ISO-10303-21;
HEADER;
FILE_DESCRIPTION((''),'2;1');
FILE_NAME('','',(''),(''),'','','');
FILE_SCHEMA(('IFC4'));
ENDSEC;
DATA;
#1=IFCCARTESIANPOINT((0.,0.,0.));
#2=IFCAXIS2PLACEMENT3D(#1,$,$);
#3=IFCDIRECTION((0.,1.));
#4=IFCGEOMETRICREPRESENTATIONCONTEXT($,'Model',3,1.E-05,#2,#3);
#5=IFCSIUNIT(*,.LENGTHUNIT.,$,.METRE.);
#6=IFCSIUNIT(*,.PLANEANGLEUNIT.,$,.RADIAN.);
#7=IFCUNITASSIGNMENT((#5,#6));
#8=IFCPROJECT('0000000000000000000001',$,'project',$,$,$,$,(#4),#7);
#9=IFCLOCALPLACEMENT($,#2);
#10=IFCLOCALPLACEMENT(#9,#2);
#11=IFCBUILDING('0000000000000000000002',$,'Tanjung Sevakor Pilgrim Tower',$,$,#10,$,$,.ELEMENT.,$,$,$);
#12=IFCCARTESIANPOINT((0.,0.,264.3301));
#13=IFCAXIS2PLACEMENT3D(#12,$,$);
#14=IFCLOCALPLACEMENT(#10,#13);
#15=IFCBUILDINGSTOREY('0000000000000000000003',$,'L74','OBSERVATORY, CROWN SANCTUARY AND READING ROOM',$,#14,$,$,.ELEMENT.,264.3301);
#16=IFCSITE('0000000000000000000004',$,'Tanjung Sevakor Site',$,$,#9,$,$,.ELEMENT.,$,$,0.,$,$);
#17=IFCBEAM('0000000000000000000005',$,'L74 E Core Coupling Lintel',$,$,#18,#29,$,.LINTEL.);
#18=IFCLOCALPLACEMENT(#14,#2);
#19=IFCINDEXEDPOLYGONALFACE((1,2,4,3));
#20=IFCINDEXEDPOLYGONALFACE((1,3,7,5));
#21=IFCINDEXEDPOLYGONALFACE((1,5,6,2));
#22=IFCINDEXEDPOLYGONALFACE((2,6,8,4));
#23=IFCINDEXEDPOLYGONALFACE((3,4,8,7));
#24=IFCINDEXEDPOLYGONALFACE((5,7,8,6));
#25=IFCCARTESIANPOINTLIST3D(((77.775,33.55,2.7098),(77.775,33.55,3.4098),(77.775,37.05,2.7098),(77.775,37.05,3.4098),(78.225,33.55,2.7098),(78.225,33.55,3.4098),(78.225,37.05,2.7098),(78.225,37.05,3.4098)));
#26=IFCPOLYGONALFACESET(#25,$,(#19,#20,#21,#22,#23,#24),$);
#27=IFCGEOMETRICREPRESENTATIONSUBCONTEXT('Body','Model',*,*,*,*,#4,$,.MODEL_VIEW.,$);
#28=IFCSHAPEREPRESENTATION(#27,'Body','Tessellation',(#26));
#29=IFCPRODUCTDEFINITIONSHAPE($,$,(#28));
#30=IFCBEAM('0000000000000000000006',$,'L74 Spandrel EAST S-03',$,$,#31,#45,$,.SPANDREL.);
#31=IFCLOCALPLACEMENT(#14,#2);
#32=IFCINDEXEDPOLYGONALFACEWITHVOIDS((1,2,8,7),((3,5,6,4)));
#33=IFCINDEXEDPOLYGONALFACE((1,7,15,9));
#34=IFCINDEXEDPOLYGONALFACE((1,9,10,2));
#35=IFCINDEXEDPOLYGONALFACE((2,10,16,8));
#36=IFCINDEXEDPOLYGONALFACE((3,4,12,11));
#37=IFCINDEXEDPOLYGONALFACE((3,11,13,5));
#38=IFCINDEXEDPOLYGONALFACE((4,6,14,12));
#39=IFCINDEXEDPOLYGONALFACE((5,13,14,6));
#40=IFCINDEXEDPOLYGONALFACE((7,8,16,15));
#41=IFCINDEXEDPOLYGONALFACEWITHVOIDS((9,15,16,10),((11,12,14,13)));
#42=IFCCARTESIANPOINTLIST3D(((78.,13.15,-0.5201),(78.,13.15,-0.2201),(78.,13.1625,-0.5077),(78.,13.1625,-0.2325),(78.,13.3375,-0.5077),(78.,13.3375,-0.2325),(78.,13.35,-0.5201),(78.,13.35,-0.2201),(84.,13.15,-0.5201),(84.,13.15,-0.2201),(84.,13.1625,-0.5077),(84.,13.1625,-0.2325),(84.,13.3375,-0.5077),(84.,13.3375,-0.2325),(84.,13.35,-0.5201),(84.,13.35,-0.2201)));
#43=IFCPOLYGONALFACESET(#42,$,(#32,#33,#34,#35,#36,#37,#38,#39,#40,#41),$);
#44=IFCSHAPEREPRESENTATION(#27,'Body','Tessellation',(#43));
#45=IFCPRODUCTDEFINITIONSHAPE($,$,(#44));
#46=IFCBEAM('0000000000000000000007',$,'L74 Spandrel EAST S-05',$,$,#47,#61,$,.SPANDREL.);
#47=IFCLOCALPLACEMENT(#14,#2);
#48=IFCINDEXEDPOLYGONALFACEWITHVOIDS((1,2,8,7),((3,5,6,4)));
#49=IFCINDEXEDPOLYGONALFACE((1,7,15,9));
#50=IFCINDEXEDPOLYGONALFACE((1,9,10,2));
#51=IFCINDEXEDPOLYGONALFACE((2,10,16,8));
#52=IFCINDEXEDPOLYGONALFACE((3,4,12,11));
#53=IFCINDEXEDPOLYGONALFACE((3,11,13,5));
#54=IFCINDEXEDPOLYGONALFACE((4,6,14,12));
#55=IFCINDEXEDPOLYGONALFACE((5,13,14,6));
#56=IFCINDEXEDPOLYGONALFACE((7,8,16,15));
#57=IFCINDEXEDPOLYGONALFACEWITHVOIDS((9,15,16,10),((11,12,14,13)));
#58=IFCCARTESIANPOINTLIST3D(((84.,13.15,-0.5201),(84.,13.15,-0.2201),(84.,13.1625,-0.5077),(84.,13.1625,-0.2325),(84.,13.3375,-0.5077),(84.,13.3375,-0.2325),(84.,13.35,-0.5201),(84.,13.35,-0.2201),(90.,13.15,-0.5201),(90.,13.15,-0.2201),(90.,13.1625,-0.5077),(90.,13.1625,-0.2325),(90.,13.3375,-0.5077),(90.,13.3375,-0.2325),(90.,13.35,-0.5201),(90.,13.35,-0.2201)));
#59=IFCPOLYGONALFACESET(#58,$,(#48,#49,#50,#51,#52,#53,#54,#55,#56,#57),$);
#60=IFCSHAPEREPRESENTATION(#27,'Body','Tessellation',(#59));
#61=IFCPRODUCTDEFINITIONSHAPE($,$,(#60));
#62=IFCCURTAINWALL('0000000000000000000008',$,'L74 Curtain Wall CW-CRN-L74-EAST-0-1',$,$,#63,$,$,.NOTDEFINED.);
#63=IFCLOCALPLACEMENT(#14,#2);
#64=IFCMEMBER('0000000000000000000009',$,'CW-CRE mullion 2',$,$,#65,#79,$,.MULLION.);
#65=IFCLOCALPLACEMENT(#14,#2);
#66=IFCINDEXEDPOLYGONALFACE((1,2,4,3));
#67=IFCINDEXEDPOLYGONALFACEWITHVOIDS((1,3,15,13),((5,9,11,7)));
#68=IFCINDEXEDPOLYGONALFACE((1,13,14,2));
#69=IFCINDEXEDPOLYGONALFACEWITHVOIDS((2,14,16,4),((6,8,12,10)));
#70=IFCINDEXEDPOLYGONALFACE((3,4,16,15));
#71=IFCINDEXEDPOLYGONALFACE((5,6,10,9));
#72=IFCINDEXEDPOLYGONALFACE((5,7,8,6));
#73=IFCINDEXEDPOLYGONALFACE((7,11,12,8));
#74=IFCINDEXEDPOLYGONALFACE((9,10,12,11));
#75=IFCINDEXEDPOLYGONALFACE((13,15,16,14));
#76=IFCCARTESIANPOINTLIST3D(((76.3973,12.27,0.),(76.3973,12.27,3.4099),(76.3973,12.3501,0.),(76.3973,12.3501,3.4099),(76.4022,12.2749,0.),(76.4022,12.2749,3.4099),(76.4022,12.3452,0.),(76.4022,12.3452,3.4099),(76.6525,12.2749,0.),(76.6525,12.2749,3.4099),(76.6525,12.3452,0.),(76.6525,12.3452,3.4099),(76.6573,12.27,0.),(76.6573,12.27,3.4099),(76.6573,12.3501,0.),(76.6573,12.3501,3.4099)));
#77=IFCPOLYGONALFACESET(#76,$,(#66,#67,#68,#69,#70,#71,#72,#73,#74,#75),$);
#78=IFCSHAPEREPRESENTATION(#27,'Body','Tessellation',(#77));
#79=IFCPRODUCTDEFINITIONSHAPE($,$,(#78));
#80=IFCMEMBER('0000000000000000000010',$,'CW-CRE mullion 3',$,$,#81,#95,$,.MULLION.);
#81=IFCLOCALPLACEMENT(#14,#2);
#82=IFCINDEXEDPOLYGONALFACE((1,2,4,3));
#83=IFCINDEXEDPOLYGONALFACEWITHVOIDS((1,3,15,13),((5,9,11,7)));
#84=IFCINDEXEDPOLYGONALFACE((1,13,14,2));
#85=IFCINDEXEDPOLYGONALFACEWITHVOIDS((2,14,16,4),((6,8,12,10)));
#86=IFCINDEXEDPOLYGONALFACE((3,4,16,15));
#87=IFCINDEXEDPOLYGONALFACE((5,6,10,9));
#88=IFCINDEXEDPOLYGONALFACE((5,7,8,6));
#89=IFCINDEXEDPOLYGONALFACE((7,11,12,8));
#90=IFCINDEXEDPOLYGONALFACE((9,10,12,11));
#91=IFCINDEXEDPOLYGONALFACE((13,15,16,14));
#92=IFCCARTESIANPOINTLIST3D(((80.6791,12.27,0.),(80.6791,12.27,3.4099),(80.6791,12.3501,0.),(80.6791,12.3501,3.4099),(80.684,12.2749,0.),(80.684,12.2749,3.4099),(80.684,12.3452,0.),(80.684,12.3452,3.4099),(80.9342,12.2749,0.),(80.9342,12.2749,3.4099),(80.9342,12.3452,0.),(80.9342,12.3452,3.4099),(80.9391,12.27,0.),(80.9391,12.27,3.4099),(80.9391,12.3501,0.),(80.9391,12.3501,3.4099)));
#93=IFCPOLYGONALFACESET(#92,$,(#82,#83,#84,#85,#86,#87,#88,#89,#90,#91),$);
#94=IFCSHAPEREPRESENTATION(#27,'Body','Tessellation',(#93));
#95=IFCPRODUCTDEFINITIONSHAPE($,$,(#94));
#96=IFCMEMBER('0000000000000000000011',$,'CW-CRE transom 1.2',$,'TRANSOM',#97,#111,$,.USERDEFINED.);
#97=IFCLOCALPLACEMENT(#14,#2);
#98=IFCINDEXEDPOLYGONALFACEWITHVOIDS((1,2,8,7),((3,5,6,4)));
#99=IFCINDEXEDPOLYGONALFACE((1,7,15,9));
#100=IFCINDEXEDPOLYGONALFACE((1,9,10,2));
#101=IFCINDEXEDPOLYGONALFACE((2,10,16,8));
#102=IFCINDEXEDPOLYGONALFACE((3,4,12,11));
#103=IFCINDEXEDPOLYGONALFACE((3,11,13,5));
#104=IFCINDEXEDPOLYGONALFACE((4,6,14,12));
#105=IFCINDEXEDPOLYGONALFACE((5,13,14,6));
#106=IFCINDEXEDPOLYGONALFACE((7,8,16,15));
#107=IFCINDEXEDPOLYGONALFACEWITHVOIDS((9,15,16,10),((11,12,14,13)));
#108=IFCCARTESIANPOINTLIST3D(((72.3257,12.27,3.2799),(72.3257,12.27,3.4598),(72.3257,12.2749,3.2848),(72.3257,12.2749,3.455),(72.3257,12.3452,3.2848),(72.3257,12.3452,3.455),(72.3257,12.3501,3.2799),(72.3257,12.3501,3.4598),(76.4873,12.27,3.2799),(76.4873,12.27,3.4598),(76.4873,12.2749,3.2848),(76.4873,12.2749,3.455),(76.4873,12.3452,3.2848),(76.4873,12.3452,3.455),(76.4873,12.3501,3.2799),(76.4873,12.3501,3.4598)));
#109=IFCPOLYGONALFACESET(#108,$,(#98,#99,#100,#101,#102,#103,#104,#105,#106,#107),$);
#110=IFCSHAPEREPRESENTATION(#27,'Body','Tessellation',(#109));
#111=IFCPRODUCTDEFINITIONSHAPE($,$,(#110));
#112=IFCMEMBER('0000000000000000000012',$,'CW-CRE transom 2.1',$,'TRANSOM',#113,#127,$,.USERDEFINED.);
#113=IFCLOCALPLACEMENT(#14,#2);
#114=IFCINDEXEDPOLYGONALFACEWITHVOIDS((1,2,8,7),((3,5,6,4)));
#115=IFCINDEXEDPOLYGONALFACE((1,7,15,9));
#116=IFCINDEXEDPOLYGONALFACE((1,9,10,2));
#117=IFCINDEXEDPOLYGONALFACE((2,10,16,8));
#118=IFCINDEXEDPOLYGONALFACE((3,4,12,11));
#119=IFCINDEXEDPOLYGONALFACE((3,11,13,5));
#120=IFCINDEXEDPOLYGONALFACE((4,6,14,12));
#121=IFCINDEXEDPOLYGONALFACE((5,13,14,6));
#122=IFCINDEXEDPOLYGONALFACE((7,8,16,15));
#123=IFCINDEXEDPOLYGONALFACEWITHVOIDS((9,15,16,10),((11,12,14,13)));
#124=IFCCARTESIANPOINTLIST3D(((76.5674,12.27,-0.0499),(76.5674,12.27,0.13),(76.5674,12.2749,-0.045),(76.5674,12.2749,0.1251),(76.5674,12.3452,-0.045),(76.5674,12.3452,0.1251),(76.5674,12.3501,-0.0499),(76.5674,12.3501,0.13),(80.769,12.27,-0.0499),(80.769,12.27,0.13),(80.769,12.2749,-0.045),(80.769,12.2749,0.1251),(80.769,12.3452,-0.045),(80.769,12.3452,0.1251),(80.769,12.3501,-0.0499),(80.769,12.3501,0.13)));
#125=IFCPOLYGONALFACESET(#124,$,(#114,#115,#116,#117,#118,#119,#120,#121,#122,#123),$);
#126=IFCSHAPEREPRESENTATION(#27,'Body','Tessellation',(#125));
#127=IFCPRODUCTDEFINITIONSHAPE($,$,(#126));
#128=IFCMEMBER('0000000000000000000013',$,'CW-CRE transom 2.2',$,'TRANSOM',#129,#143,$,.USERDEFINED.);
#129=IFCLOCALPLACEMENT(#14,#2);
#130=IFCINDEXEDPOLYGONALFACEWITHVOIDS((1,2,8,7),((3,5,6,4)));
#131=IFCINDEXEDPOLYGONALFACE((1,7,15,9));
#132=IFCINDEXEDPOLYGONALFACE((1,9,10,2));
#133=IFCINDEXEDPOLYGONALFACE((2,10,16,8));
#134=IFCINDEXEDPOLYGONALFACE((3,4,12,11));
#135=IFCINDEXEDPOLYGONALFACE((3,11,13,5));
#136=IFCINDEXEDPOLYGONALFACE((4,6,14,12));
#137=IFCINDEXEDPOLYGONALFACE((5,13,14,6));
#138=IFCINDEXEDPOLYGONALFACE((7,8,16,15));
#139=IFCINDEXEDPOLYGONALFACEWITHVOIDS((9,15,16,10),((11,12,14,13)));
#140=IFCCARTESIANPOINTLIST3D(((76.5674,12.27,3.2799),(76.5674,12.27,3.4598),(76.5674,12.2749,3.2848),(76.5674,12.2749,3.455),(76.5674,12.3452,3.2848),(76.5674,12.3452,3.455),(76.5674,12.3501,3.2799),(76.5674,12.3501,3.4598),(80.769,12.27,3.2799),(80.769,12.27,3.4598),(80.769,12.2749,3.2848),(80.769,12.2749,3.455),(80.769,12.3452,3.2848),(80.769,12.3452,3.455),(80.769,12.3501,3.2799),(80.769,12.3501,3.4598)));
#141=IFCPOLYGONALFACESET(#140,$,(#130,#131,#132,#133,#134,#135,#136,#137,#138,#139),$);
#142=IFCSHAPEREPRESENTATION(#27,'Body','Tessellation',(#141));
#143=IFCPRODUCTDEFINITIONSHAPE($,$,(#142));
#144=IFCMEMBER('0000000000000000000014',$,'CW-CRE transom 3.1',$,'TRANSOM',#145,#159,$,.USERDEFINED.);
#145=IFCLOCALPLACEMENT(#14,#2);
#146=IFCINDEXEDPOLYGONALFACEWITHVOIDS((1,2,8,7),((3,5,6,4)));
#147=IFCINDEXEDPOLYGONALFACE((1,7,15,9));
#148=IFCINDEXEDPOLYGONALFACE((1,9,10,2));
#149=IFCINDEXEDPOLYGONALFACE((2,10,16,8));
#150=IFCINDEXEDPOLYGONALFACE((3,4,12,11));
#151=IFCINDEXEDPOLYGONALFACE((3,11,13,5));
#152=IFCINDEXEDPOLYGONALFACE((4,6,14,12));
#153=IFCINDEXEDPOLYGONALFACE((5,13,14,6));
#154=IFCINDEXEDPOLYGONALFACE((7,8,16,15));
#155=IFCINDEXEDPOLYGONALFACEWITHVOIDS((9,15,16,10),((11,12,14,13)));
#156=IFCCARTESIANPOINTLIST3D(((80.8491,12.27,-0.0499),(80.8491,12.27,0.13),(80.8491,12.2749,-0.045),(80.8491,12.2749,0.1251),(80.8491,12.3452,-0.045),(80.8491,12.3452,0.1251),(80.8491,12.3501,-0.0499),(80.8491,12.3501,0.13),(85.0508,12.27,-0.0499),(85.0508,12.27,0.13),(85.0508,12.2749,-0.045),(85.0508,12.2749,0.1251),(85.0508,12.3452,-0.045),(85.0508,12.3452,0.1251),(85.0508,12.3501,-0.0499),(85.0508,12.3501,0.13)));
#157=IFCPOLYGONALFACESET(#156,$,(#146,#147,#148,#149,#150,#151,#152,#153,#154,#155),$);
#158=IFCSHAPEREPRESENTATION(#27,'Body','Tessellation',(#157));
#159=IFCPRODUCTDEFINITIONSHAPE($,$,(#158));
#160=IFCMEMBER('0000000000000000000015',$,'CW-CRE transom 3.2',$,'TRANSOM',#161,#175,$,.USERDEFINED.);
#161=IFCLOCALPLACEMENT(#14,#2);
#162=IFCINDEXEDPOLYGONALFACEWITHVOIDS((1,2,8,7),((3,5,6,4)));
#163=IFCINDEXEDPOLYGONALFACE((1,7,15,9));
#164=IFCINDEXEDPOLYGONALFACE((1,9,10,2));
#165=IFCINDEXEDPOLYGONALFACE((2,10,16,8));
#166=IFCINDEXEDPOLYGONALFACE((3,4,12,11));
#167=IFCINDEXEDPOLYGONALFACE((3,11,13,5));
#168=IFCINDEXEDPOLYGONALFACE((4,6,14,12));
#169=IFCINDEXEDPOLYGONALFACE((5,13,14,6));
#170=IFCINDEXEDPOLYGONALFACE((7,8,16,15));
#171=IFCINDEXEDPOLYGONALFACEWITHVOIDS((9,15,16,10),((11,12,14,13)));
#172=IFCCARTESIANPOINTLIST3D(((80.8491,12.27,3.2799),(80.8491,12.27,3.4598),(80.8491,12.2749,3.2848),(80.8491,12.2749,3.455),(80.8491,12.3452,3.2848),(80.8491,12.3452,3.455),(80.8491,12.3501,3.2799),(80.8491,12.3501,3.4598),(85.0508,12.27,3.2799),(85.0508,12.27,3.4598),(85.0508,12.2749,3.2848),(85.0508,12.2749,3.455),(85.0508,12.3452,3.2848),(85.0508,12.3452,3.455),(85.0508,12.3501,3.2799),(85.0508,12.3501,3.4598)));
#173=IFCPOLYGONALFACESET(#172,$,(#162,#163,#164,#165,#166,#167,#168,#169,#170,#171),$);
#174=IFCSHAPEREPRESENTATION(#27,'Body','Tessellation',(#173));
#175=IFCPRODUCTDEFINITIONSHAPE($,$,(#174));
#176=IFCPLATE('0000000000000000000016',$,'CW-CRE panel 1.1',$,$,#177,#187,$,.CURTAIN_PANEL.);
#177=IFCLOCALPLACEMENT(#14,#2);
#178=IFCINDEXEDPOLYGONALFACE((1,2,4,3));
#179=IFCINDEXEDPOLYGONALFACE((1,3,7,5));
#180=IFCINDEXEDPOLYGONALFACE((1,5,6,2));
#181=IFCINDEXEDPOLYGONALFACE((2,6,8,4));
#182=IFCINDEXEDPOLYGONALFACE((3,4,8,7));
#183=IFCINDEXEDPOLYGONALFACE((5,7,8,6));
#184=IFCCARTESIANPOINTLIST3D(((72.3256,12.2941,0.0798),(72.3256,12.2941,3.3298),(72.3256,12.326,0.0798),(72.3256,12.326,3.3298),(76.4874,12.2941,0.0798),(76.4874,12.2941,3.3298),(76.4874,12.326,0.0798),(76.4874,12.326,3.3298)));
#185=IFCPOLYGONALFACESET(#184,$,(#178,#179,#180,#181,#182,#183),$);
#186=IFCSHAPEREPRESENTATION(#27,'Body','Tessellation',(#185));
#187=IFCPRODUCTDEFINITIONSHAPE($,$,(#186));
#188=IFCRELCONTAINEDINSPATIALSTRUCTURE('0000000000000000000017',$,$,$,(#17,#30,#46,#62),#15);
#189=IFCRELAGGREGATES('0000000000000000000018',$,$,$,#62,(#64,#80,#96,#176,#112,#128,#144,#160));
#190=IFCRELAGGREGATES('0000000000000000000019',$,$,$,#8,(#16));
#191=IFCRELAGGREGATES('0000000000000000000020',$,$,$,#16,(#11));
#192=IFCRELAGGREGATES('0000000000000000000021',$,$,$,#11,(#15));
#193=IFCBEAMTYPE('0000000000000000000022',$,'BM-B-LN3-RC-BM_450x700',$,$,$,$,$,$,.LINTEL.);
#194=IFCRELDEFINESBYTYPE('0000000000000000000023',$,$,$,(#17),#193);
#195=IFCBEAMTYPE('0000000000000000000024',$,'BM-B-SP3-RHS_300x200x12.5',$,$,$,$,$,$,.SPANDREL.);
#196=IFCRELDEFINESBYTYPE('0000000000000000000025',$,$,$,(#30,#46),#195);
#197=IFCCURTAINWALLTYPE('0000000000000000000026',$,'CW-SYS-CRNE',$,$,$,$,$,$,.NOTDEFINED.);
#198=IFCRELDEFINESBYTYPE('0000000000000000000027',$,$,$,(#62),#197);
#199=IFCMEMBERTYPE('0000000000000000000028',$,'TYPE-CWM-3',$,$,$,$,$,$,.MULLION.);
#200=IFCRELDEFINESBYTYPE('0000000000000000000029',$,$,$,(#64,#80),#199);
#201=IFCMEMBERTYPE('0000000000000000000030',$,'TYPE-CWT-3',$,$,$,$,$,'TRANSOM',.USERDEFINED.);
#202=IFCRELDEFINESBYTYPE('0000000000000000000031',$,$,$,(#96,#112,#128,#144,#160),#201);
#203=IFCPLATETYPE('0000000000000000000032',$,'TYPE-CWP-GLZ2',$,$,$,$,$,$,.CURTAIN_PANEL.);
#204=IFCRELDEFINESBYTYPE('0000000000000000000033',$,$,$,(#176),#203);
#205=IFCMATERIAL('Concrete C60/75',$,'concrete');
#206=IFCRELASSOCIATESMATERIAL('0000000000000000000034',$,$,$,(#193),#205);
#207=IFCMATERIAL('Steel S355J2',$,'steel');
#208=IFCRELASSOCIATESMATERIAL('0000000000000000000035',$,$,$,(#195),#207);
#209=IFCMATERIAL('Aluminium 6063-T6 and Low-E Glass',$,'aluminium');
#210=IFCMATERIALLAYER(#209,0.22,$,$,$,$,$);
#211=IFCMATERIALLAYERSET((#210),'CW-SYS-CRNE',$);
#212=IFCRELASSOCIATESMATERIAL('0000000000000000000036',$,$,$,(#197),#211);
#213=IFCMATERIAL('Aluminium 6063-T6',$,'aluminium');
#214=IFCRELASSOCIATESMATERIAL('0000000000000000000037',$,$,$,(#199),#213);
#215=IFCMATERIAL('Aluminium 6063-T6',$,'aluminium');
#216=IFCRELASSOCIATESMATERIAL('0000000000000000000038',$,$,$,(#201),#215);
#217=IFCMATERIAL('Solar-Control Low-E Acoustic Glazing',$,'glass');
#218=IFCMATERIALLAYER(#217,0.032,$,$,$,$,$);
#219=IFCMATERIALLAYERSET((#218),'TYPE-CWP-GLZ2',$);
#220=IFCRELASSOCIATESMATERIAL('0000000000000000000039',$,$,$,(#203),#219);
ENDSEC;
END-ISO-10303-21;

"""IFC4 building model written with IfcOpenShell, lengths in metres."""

from ifc_helpers import new_model, si_unit, direction, frame, origin, origin_2d, place, context, subcontext, project, spatial, rectangle, hollow_rectangle, extrude, material, layer, layer_set, material_profile, profile_set, type_object, element, aggregate, save


model = new_model("IFC4")

# Units and contexts
model_context = context("Model", 3, precision=1e-05, world=origin(), true_north=direction((0.0, 1.0)))
body_context = subcontext(model_context, "Body", "Model", "MODEL_VIEW")
ifc_project = project(units=[si_unit("LENGTHUNIT", "METRE"), si_unit("PLANEANGLEUNIT", "RADIAN")], contexts=[model_context])

# Site, building, storey
site_placement = place(None, origin())
site = spatial("IfcSite", under=ifc_project, at=site_placement, Name="Tanjung Sevakor Site", CompositionType="ELEMENT", RefElevation=0.0)
building_placement = place(site_placement, origin())
building = spatial("IfcBuilding", under=site, at=building_placement, Name="Tanjung Sevakor Pilgrim Tower", CompositionType="ELEMENT")
storey_placement = place(building_placement, frame((0.0, 0.0, 264.3301)))
storey = spatial("IfcBuildingStorey", under=building, at=storey_placement, Name="L74", Description="OBSERVATORY, CROWN SANCTUARY AND READING ROOM", CompositionType="ELEMENT", Elevation=264.3301)

# Beams
ifc_material_1 = material(Name="Concrete C60/75", Category="concrete")
ifc_material_profile_1 = material_profile(ifc_material_1, rectangle(XDim=0.45, YDim=0.7, at=origin_2d()))
ifc_profile_set_1 = profile_set([ifc_material_profile_1], Name="Concrete C60/75")
beam_type_1 = type_object("IfcBeamType", Name="BM-B-LN3-RC-BM_450x700", PredefinedType="LINTEL", material=ifc_profile_set_1)
beam_placement = place(storey_placement, frame((78.0, 33.55, 3.0598), z_axis=(0.0, 1.0, 0.0), x_axis=(-1.0, 0.0, 0.0)))
element("IfcBeam", 1, at=beam_placement, inside=storey, type_object=beam_type_1, Name="L74 E Core Coupling Lintel", PredefinedType="LINTEL", context=body_context, shape_type="SweptSolid", body=[
    extrude(rectangle(XDim=0.45, YDim=0.7, at=origin_2d()), origin(), (0.0, 0.0, 1.0), 3.5),
])
ifc_material_2 = material(Name="Steel S355J2", Category="steel")
ifc_material_profile_2 = material_profile(ifc_material_2, hollow_rectangle(XDim=0.2, YDim=0.3, WallThickness=0.0125, at=origin_2d()))
ifc_profile_set_2 = profile_set([ifc_material_profile_2], Name="Steel S355J2")
beam_type_2 = type_object("IfcBeamType", Name="BM-B-SP3-RHS_300x200x12.5", PredefinedType="SPANDREL", material=ifc_profile_set_2)
for number, where, z_axis, x_axis, name in (
    (2, (78.0, 13.25, -0.3701), (1.0, 0.0, 0.0), (0.0, 1.0, 0.0), "L74 Spandrel EAST S-03"),
    (3, (84.0, 13.25, -0.3701), (1.0, 0.0, 0.0), (0.0, 1.0, 0.0), "L74 Spandrel EAST S-05"),
):
    element("IfcBeam", number, at=place(storey_placement, frame(where, z_axis=z_axis, x_axis=x_axis)), inside=storey, type_object=beam_type_2, Name=name, PredefinedType="SPANDREL", context=body_context, shape_type="SweptSolid", body=[
        extrude(hollow_rectangle(XDim=0.2, YDim=0.3, WallThickness=0.0125, at=origin_2d()), origin(), (0.0, 0.0, 1.0), 6.0),
    ])

# Curtain wall, members, plate
ifc_material_3 = material(Name="Aluminium 6063-T6 and Low-E Glass", Category="aluminium")
ifc_layer_1 = layer(ifc_material_3, 0.22)
ifc_layer_set_1 = layer_set([ifc_layer_1], Name="CW-SYS-CRNE")
curtain_wall_type = type_object("IfcCurtainWallType", Name="CW-SYS-CRNE", PredefinedType="NOTDEFINED", material=ifc_layer_set_1)
curtain_wall_placement = place(storey_placement, origin())
curtain_wall = element("IfcCurtainWall", 4, at=curtain_wall_placement, inside=storey, type_object=curtain_wall_type, Name="L74 Curtain Wall CW-CRN-L74-EAST-0-1", PredefinedType="NOTDEFINED")
ifc_material_4 = material(Name="Aluminium 6063-T6", Category="aluminium")
ifc_material_profile_3 = material_profile(ifc_material_4, hollow_rectangle(XDim=0.0801, YDim=0.26, WallThickness=0.0049, at=origin_2d()))
ifc_profile_set_3 = profile_set([ifc_material_profile_3], Name="Aluminium 6063-T6")
member_type_1 = type_object("IfcMemberType", Name="TYPE-CWM-3", PredefinedType="MULLION", material=ifc_profile_set_3)
member_1_placement = place(storey_placement, frame((76.5273, 12.3101, 0.0), z_axis=(0.0, 0.0, 1.0), x_axis=(0.0, 1.0, 0.0)))
member_1 = element("IfcMember", 5, at=member_1_placement, type_object=member_type_1, Name="CW-CRE mullion 2", PredefinedType="MULLION", context=body_context, shape_type="SweptSolid", body=[
    extrude(hollow_rectangle(XDim=0.0801, YDim=0.26, WallThickness=0.0049, at=origin_2d()), origin(), (0.0, 0.0, 1.0), 3.4099),
])
member_2_placement = place(storey_placement, frame((80.8091, 12.3101, 0.0), z_axis=(0.0, 0.0, 1.0), x_axis=(0.0, 1.0, 0.0)))
member_2 = element("IfcMember", 6, at=member_2_placement, type_object=member_type_1, Name="CW-CRE mullion 3", PredefinedType="MULLION", context=body_context, shape_type="SweptSolid", body=[
    extrude(hollow_rectangle(XDim=0.0801, YDim=0.26, WallThickness=0.0049, at=origin_2d()), origin(), (0.0, 0.0, 1.0), 3.4099),
])
ifc_material_5 = material(Name="Aluminium 6063-T6", Category="aluminium")
ifc_material_profile_4 = material_profile(ifc_material_5, hollow_rectangle(XDim=0.0801, YDim=0.1799, WallThickness=0.0049, at=origin_2d()))
ifc_profile_set_4 = profile_set([ifc_material_profile_4], Name="Aluminium 6063-T6")
member_type_2 = type_object("IfcMemberType", Name="TYPE-CWT-3", ElementType="TRANSOM", PredefinedType="USERDEFINED", material=ifc_profile_set_4)
member_3_placement = place(storey_placement, frame((72.3257, 12.3101, 3.3699), z_axis=(1.0, 0.0, 0.0), x_axis=(0.0, 1.0, 0.0)))
member_3 = element("IfcMember", 7, at=member_3_placement, type_object=member_type_2, Name="CW-CRE transom 1.2", ObjectType="TRANSOM", PredefinedType="USERDEFINED", context=body_context, shape_type="SweptSolid", body=[
    extrude(hollow_rectangle(XDim=0.0801, YDim=0.1799, WallThickness=0.0049, at=origin_2d()), origin(), (0.0, 0.0, 1.0), 4.1616),
])
member_4_placement = place(storey_placement, frame((76.5674, 12.3101, 0.04), z_axis=(1.0, 0.0, 0.0), x_axis=(0.0, 1.0, 0.0)))
member_4 = element("IfcMember", 8, at=member_4_placement, type_object=member_type_2, Name="CW-CRE transom 2.1", ObjectType="TRANSOM", PredefinedType="USERDEFINED", context=body_context, shape_type="SweptSolid", body=[
    extrude(hollow_rectangle(XDim=0.0801, YDim=0.1799, WallThickness=0.0049, at=origin_2d()), origin(), (0.0, 0.0, 1.0), 4.2017),
])
member_5_placement = place(storey_placement, frame((76.5674, 12.3101, 3.3699), z_axis=(1.0, 0.0, 0.0), x_axis=(0.0, 1.0, 0.0)))
member_5 = element("IfcMember", 9, at=member_5_placement, type_object=member_type_2, Name="CW-CRE transom 2.2", ObjectType="TRANSOM", PredefinedType="USERDEFINED", context=body_context, shape_type="SweptSolid", body=[
    extrude(hollow_rectangle(XDim=0.0801, YDim=0.1799, WallThickness=0.0049, at=origin_2d()), origin(), (0.0, 0.0, 1.0), 4.2017),
])
member_6_placement = place(storey_placement, frame((80.8491, 12.3101, 0.04), z_axis=(1.0, 0.0, 0.0), x_axis=(0.0, 1.0, 0.0)))
member_6 = element("IfcMember", 10, at=member_6_placement, type_object=member_type_2, Name="CW-CRE transom 3.1", ObjectType="TRANSOM", PredefinedType="USERDEFINED", context=body_context, shape_type="SweptSolid", body=[
    extrude(hollow_rectangle(XDim=0.0801, YDim=0.1799, WallThickness=0.0049, at=origin_2d()), origin(), (0.0, 0.0, 1.0), 4.2017),
])
member_7_placement = place(storey_placement, frame((80.8491, 12.3101, 3.3699), z_axis=(1.0, 0.0, 0.0), x_axis=(0.0, 1.0, 0.0)))
member_7 = element("IfcMember", 11, at=member_7_placement, type_object=member_type_2, Name="CW-CRE transom 3.2", ObjectType="TRANSOM", PredefinedType="USERDEFINED", context=body_context, shape_type="SweptSolid", body=[
    extrude(hollow_rectangle(XDim=0.0801, YDim=0.1799, WallThickness=0.0049, at=origin_2d()), origin(), (0.0, 0.0, 1.0), 4.2017),
])
ifc_material_6 = material(Name="Solar-Control Low-E Acoustic Glazing", Category="glass")
ifc_layer_2 = layer(ifc_material_6, 0.032)
ifc_layer_set_2 = layer_set([ifc_layer_2], Name="TYPE-CWP-GLZ2")
plate_type = type_object("IfcPlateType", Name="TYPE-CWP-GLZ2", PredefinedType="CURTAIN_PANEL", material=ifc_layer_set_2)
plate_1_placement = place(storey_placement, frame((74.4065, 12.3101, 0.0798), z_axis=(0.0, 0.0, 1.0), x_axis=(1.0, 0.0, 0.0)))
plate_1 = element("IfcPlate", 12, at=plate_1_placement, type_object=plate_type, Name="CW-CRE panel 1.1", PredefinedType="CURTAIN_PANEL", context=body_context, shape_type="SweptSolid", body=[
    extrude(rectangle(XDim=4.1619, YDim=0.032, at=origin_2d()), origin(), (0.0, 0.0, 1.0), 3.25),
])
aggregate(curtain_wall, [member_1, member_2, member_3, plate_1, member_4, member_5, member_6, member_7])

save(model, "model.ifc")
